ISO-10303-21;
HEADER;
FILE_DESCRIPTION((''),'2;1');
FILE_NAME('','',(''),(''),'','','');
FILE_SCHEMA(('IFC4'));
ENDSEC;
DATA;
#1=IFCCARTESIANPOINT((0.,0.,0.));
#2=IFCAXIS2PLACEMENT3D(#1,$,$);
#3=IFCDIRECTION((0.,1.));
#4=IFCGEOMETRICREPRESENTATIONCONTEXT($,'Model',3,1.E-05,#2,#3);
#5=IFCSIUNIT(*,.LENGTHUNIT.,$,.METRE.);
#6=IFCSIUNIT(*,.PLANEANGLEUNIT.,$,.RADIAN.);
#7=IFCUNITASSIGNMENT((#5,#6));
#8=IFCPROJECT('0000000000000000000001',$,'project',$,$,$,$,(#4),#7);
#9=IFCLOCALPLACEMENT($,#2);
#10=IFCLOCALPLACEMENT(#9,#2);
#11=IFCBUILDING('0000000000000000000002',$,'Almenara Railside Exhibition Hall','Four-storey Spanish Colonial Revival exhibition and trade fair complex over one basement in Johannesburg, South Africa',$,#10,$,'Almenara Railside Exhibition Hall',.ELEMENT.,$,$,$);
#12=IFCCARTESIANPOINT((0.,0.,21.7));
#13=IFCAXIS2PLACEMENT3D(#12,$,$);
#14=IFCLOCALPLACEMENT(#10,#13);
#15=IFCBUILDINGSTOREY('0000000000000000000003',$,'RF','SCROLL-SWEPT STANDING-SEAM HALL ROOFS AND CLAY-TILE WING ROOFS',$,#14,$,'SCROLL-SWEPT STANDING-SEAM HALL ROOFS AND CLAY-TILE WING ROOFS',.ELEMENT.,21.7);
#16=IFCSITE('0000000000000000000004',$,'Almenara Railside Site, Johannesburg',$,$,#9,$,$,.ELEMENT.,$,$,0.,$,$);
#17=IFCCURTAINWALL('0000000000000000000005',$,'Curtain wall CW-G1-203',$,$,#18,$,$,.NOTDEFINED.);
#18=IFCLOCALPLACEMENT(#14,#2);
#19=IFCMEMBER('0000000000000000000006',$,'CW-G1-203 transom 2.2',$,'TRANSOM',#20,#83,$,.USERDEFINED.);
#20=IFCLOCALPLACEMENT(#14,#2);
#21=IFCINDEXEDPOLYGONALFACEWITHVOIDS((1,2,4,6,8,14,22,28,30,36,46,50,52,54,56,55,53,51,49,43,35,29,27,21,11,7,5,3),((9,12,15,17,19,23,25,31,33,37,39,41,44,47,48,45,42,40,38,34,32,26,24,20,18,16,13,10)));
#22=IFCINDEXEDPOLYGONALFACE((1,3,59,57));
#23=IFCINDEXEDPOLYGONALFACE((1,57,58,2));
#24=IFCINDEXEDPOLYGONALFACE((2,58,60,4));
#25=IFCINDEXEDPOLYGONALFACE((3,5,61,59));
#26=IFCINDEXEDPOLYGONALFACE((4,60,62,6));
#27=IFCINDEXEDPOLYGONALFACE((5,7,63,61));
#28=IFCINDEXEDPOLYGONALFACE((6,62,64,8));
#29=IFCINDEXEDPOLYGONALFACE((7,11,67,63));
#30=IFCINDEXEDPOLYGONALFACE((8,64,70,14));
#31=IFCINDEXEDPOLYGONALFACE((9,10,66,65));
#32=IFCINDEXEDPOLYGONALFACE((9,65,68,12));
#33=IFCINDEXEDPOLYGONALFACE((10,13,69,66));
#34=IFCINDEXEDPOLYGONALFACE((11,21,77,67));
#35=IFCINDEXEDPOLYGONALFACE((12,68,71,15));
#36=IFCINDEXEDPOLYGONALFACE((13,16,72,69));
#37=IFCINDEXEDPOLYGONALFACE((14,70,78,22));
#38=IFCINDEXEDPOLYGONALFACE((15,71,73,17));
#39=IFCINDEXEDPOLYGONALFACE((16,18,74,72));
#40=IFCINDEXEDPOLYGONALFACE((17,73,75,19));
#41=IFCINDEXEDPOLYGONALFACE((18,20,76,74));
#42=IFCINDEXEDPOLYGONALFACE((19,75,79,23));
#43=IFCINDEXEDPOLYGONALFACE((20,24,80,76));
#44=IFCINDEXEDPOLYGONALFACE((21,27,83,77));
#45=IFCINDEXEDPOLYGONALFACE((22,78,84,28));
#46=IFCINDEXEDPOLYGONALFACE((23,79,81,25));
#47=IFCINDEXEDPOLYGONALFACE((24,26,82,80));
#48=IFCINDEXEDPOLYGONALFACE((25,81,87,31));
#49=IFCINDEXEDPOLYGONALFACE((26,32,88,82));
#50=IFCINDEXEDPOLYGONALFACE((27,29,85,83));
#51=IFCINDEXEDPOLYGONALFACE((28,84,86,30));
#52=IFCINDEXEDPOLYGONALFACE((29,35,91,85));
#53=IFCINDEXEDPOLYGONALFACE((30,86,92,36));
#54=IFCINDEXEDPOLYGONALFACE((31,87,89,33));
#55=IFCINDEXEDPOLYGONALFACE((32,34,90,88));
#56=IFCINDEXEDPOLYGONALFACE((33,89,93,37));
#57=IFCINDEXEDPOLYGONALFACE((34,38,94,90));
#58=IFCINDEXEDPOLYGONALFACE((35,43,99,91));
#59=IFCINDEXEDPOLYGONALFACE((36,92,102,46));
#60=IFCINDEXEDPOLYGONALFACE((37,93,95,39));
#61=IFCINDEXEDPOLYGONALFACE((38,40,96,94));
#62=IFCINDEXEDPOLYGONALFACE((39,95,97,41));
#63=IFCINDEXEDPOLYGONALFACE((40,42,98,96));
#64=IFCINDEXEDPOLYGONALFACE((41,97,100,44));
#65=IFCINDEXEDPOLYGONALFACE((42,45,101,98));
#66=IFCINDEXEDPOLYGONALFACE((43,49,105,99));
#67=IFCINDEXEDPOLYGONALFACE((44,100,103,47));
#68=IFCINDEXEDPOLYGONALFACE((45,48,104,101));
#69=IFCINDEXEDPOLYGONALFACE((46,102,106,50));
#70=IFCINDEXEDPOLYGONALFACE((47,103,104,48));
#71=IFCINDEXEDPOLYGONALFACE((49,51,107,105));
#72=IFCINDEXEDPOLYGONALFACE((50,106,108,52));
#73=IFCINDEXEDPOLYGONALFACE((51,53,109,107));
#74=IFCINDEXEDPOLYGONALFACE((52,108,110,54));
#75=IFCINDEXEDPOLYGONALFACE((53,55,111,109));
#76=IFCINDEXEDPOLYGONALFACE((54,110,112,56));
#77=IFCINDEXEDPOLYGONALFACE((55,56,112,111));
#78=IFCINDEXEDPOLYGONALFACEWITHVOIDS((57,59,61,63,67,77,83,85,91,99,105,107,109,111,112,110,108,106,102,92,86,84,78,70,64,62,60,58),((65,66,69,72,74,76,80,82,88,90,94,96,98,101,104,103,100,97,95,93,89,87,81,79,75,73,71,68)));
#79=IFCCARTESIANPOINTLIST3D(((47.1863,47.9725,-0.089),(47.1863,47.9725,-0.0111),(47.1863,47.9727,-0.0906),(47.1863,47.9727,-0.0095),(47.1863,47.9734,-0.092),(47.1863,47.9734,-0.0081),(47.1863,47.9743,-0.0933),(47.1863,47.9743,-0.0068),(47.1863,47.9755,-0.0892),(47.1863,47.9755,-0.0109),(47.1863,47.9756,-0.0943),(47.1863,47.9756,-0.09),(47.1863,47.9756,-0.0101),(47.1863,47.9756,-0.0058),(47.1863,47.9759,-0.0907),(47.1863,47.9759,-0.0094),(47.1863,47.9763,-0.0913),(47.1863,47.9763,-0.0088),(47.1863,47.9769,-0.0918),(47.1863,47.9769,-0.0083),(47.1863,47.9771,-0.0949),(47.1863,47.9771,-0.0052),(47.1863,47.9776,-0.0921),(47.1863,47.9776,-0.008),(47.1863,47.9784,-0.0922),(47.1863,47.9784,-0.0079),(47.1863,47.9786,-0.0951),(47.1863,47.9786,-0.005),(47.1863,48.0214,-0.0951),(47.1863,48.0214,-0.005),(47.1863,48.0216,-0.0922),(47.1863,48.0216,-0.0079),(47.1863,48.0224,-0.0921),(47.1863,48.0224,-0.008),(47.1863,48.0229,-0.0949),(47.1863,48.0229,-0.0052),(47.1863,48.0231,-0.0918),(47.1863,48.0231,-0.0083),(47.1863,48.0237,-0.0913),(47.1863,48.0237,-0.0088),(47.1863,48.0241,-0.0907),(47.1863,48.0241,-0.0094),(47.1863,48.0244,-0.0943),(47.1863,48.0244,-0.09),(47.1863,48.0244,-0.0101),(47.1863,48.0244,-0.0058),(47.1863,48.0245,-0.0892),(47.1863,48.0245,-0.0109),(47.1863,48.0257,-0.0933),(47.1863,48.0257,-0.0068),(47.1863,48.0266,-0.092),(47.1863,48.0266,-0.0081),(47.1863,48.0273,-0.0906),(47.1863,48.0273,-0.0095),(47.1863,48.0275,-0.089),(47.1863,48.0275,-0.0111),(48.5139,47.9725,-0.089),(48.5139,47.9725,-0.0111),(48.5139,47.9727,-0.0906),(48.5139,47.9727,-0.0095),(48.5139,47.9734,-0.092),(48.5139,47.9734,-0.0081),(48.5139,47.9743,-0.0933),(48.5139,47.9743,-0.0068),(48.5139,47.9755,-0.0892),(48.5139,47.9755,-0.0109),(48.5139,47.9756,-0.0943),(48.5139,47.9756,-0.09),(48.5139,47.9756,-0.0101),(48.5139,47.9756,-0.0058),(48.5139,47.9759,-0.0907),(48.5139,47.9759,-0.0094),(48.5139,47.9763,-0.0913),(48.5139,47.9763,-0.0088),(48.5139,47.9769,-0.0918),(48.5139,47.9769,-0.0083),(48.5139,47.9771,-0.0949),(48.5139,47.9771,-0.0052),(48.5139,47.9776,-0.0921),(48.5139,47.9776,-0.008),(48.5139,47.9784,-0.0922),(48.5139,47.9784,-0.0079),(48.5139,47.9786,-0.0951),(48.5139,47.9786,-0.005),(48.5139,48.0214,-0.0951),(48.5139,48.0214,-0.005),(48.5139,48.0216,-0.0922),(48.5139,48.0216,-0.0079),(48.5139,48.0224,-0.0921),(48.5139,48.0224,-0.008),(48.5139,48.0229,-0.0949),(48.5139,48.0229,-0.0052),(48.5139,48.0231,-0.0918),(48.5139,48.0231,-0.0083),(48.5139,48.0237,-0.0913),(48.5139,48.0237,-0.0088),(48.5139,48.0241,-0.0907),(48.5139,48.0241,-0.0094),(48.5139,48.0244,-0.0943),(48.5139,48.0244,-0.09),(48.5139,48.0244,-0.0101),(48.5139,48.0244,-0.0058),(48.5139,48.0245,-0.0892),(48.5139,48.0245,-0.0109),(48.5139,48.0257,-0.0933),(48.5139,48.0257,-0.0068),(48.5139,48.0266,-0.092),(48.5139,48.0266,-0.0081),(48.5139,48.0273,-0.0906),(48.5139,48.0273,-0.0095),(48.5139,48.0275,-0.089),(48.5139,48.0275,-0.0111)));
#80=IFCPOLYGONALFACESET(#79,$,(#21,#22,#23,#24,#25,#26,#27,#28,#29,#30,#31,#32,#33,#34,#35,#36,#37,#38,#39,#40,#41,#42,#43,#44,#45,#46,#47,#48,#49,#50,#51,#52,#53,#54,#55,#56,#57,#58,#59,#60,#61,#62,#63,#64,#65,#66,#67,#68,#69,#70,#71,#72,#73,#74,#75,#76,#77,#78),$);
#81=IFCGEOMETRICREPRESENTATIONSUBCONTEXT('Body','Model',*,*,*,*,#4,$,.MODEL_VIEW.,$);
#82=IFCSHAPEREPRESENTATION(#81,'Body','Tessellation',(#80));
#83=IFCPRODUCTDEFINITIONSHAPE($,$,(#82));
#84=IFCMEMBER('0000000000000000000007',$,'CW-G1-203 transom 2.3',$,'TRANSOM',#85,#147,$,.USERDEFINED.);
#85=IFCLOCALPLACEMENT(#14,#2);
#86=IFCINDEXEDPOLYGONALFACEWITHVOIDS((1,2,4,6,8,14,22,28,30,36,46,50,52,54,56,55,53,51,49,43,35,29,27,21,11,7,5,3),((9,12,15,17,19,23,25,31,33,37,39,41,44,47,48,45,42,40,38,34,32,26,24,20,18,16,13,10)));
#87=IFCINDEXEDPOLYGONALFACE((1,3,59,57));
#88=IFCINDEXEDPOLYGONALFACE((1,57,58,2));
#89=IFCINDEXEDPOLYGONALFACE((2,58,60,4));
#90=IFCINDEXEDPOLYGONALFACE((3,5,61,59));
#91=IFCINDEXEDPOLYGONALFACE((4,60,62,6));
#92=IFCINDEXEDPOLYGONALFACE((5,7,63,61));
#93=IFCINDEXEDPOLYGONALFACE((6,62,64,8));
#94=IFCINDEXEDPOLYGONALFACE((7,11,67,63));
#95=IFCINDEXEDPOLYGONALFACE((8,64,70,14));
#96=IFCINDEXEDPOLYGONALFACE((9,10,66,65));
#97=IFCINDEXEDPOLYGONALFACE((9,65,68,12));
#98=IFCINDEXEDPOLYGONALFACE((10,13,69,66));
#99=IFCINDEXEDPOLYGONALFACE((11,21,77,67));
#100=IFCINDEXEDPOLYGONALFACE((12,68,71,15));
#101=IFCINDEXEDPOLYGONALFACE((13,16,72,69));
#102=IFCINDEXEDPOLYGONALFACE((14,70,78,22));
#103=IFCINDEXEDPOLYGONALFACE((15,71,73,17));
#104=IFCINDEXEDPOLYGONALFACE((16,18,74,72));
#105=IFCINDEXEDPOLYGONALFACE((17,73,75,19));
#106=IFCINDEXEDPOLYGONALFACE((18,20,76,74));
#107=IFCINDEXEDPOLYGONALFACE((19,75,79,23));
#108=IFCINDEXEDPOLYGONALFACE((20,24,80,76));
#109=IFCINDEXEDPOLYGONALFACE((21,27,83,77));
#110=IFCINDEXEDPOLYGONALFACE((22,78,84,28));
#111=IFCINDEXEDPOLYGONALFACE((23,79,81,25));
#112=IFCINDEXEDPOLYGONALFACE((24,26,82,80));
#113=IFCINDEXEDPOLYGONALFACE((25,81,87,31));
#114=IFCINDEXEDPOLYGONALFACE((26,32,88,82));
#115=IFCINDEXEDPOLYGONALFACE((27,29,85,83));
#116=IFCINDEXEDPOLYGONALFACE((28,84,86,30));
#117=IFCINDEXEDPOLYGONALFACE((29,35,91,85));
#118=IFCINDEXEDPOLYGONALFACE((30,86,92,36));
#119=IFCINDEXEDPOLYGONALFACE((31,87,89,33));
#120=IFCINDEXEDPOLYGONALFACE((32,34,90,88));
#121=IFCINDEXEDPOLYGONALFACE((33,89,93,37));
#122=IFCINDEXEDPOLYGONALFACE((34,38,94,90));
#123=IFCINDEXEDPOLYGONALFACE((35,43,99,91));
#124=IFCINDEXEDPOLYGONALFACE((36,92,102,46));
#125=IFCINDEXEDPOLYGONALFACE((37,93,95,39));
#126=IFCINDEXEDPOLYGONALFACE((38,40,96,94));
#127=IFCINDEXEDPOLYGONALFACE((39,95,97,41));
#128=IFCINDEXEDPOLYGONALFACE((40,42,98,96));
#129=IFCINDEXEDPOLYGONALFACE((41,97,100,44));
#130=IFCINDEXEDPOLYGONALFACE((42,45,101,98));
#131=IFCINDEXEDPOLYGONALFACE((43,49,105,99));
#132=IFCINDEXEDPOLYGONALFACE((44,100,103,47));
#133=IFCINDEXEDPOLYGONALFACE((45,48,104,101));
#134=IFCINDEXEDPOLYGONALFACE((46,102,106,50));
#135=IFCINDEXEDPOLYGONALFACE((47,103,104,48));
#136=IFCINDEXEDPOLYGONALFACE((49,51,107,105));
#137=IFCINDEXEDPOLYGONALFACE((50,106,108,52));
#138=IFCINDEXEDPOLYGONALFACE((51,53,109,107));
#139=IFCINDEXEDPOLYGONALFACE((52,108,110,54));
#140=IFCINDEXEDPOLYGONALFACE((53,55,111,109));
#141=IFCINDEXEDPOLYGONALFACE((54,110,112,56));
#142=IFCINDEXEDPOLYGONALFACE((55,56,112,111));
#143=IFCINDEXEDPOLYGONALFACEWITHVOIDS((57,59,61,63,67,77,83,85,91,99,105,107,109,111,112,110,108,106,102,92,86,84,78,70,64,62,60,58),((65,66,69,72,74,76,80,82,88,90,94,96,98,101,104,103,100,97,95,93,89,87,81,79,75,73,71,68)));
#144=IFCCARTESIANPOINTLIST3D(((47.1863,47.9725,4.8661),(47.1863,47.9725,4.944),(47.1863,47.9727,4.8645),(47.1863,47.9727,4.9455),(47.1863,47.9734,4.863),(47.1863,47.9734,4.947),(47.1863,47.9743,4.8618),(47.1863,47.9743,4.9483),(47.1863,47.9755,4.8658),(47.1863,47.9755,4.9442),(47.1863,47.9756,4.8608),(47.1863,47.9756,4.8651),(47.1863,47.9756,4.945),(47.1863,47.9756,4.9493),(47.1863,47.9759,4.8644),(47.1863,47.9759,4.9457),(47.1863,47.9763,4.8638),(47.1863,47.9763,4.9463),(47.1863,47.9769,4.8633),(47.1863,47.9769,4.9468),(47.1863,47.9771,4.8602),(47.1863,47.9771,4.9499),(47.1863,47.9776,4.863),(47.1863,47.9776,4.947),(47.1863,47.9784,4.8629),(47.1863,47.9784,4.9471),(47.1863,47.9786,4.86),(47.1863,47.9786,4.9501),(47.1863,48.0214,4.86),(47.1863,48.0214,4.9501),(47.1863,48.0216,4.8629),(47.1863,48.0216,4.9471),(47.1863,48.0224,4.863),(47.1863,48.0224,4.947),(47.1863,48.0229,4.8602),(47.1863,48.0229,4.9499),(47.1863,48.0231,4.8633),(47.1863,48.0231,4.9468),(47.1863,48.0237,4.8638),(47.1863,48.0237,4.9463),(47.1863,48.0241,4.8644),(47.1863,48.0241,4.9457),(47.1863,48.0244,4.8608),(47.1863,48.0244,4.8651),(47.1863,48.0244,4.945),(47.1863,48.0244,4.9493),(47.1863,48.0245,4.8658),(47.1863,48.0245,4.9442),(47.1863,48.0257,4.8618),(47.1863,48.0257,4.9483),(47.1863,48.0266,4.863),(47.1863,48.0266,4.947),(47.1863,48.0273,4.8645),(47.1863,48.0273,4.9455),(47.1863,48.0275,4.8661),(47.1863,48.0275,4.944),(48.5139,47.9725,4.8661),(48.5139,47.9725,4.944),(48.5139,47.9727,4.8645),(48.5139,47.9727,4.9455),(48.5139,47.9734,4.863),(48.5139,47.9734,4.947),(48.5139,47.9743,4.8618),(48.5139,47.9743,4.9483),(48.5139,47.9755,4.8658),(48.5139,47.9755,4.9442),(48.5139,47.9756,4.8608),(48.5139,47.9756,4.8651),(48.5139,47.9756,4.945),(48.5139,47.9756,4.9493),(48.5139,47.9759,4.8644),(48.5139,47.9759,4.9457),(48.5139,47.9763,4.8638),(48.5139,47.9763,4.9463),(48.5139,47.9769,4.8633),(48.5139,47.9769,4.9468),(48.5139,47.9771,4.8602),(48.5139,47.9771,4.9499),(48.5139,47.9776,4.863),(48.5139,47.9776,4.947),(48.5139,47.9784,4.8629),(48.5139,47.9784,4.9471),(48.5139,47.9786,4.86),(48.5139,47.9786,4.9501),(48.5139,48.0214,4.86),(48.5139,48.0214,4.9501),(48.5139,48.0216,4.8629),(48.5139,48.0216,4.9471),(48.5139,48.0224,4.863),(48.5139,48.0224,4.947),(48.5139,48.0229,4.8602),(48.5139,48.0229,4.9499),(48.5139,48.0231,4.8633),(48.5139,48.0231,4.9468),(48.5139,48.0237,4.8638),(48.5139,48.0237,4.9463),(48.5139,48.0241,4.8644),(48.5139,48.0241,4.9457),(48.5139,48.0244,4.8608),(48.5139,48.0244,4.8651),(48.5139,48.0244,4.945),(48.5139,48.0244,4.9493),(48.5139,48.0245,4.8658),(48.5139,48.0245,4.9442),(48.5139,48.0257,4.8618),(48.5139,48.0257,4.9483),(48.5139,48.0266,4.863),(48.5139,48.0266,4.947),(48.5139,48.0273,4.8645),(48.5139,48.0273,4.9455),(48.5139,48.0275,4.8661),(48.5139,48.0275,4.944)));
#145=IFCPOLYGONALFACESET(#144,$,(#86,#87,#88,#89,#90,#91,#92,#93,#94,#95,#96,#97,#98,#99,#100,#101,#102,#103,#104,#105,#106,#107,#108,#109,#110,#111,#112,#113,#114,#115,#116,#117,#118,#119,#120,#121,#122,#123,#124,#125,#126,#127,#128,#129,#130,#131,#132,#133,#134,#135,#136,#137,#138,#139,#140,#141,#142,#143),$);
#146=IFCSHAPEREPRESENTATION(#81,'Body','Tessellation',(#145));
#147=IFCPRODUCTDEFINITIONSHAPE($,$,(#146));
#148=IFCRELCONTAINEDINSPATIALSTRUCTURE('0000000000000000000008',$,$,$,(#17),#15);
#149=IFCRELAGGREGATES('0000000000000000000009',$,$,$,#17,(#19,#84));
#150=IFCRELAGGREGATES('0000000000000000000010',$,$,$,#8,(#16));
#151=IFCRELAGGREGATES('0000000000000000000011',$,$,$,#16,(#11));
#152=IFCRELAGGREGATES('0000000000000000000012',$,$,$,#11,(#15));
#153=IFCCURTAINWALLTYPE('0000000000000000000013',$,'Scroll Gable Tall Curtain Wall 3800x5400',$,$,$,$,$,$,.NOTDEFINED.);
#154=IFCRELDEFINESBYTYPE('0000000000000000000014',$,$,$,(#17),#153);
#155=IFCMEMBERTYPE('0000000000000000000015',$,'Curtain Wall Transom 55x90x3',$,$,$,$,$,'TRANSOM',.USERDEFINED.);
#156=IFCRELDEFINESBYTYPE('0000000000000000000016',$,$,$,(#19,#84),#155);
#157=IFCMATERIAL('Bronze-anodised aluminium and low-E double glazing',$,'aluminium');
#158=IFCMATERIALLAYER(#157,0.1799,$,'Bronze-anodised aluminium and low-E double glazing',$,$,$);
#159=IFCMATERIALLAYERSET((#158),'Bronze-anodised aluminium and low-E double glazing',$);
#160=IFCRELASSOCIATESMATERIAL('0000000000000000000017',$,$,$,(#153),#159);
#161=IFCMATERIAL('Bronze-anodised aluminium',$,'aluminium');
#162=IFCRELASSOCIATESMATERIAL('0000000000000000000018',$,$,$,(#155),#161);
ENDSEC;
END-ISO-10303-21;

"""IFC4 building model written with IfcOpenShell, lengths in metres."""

from ifc_helpers import new_model, si_unit, direction, frame, origin, origin_2d, place, context, subcontext, project, spatial, hollow_rectangle, extrude, material, layer, layer_set, material_profile, profile_set, type_object, element, aggregate, save


model = new_model("IFC4")

# Units and contexts
model_context = context("Model", 3, precision=1e-05, world=origin(), true_north=direction((0.0, 1.0)))
body_context = subcontext(model_context, "Body", "Model", "MODEL_VIEW")
ifc_project = project(units=[si_unit("LENGTHUNIT", "METRE"), si_unit("PLANEANGLEUNIT", "RADIAN")], contexts=[model_context])

# Site, building, storey
site_placement = place(None, origin())
site = spatial("IfcSite", under=ifc_project, at=site_placement, Name="Almenara Railside Site, Johannesburg", CompositionType="ELEMENT", RefElevation=0.0)
building_placement = place(site_placement, origin())
building = spatial("IfcBuilding", under=site, at=building_placement, Name="Almenara Railside Exhibition Hall", Description="Four-storey Spanish Colonial Revival exhibition and trade fair complex over one basement in Johannesburg, South Africa", LongName="Almenara Railside Exhibition Hall", CompositionType="ELEMENT")
storey_placement = place(building_placement, frame((0.0, 0.0, 21.7)))
storey = spatial("IfcBuildingStorey", under=building, at=storey_placement, Name="RF", Description="SCROLL-SWEPT STANDING-SEAM HALL ROOFS AND CLAY-TILE WING ROOFS", LongName="SCROLL-SWEPT STANDING-SEAM HALL ROOFS AND CLAY-TILE WING ROOFS", CompositionType="ELEMENT", Elevation=21.7)

# Curtain wall
ifc_material_1 = material(Name="Bronze-anodised aluminium and low-E double glazing", Category="aluminium")
ifc_layer_1 = layer(ifc_material_1, 0.1799, Name="Bronze-anodised aluminium and low-E double glazing")
ifc_layer_set_1 = layer_set([ifc_layer_1], Name="Bronze-anodised aluminium and low-E double glazing")
curtain_wall_type = type_object("IfcCurtainWallType", Name="Scroll Gable Tall Curtain Wall 3800x5400", PredefinedType="NOTDEFINED", material=ifc_layer_set_1)
curtain_wall_1_placement = place(storey_placement, origin())
curtain_wall_1 = element("IfcCurtainWall", 1, at=curtain_wall_1_placement, inside=storey, type_object=curtain_wall_type, Name="Curtain wall CW-G1-203", PredefinedType="NOTDEFINED")
ifc_material_2 = material(Name="Bronze-anodised aluminium", Category="aluminium")

# Members
ifc_material_profile_1 = material_profile(ifc_material_2, hollow_rectangle(XDim=0.0549, YDim=0.0901, WallThickness=0.0029, InnerFilletRadius=0.0029, OuterFilletRadius=0.0061, at=origin_2d()), Name="ALU-TRN 55x90x3")
ifc_profile_set_1 = profile_set([ifc_material_profile_1], Name="Bronze-anodised aluminium")
member_type_1 = type_object("IfcMemberType", Name="Curtain Wall Transom 55x90x3", ElementType="TRANSOM", PredefinedType="USERDEFINED", material=ifc_profile_set_1)
member_1_placement = place(storey_placement, frame((47.1863, 48.0, -0.05), z_axis=(1.0, 0.0, 0.0), x_axis=(0.0, 1.0, 0.0)))
member_1 = element("IfcMember", 2, at=member_1_placement, type_object=member_type_1, Name="CW-G1-203 transom 2.2", ObjectType="TRANSOM", PredefinedType="USERDEFINED", context=body_context, shape_type="SweptSolid", body=[
    extrude(hollow_rectangle(XDim=0.0549, YDim=0.0901, WallThickness=0.0029, InnerFilletRadius=0.0029, OuterFilletRadius=0.0061, at=origin_2d()), origin(), (0.0, 0.0, 1.0), 1.3276),
])
member_2_placement = place(storey_placement, frame((47.1863, 48.0, 4.905), z_axis=(1.0, 0.0, 0.0), x_axis=(0.0, 1.0, 0.0)))
member_2 = element("IfcMember", 3, at=member_2_placement, type_object=member_type_1, Name="CW-G1-203 transom 2.3", ObjectType="TRANSOM", PredefinedType="USERDEFINED", context=body_context, shape_type="SweptSolid", body=[
    extrude(hollow_rectangle(XDim=0.0549, YDim=0.0901, WallThickness=0.0029, InnerFilletRadius=0.0029, OuterFilletRadius=0.0061, at=origin_2d()), origin(), (0.0, 0.0, 1.0), 1.3276),
])

aggregate(curtain_wall_1, [member_1, member_2])

save(model, "model.ifc")
